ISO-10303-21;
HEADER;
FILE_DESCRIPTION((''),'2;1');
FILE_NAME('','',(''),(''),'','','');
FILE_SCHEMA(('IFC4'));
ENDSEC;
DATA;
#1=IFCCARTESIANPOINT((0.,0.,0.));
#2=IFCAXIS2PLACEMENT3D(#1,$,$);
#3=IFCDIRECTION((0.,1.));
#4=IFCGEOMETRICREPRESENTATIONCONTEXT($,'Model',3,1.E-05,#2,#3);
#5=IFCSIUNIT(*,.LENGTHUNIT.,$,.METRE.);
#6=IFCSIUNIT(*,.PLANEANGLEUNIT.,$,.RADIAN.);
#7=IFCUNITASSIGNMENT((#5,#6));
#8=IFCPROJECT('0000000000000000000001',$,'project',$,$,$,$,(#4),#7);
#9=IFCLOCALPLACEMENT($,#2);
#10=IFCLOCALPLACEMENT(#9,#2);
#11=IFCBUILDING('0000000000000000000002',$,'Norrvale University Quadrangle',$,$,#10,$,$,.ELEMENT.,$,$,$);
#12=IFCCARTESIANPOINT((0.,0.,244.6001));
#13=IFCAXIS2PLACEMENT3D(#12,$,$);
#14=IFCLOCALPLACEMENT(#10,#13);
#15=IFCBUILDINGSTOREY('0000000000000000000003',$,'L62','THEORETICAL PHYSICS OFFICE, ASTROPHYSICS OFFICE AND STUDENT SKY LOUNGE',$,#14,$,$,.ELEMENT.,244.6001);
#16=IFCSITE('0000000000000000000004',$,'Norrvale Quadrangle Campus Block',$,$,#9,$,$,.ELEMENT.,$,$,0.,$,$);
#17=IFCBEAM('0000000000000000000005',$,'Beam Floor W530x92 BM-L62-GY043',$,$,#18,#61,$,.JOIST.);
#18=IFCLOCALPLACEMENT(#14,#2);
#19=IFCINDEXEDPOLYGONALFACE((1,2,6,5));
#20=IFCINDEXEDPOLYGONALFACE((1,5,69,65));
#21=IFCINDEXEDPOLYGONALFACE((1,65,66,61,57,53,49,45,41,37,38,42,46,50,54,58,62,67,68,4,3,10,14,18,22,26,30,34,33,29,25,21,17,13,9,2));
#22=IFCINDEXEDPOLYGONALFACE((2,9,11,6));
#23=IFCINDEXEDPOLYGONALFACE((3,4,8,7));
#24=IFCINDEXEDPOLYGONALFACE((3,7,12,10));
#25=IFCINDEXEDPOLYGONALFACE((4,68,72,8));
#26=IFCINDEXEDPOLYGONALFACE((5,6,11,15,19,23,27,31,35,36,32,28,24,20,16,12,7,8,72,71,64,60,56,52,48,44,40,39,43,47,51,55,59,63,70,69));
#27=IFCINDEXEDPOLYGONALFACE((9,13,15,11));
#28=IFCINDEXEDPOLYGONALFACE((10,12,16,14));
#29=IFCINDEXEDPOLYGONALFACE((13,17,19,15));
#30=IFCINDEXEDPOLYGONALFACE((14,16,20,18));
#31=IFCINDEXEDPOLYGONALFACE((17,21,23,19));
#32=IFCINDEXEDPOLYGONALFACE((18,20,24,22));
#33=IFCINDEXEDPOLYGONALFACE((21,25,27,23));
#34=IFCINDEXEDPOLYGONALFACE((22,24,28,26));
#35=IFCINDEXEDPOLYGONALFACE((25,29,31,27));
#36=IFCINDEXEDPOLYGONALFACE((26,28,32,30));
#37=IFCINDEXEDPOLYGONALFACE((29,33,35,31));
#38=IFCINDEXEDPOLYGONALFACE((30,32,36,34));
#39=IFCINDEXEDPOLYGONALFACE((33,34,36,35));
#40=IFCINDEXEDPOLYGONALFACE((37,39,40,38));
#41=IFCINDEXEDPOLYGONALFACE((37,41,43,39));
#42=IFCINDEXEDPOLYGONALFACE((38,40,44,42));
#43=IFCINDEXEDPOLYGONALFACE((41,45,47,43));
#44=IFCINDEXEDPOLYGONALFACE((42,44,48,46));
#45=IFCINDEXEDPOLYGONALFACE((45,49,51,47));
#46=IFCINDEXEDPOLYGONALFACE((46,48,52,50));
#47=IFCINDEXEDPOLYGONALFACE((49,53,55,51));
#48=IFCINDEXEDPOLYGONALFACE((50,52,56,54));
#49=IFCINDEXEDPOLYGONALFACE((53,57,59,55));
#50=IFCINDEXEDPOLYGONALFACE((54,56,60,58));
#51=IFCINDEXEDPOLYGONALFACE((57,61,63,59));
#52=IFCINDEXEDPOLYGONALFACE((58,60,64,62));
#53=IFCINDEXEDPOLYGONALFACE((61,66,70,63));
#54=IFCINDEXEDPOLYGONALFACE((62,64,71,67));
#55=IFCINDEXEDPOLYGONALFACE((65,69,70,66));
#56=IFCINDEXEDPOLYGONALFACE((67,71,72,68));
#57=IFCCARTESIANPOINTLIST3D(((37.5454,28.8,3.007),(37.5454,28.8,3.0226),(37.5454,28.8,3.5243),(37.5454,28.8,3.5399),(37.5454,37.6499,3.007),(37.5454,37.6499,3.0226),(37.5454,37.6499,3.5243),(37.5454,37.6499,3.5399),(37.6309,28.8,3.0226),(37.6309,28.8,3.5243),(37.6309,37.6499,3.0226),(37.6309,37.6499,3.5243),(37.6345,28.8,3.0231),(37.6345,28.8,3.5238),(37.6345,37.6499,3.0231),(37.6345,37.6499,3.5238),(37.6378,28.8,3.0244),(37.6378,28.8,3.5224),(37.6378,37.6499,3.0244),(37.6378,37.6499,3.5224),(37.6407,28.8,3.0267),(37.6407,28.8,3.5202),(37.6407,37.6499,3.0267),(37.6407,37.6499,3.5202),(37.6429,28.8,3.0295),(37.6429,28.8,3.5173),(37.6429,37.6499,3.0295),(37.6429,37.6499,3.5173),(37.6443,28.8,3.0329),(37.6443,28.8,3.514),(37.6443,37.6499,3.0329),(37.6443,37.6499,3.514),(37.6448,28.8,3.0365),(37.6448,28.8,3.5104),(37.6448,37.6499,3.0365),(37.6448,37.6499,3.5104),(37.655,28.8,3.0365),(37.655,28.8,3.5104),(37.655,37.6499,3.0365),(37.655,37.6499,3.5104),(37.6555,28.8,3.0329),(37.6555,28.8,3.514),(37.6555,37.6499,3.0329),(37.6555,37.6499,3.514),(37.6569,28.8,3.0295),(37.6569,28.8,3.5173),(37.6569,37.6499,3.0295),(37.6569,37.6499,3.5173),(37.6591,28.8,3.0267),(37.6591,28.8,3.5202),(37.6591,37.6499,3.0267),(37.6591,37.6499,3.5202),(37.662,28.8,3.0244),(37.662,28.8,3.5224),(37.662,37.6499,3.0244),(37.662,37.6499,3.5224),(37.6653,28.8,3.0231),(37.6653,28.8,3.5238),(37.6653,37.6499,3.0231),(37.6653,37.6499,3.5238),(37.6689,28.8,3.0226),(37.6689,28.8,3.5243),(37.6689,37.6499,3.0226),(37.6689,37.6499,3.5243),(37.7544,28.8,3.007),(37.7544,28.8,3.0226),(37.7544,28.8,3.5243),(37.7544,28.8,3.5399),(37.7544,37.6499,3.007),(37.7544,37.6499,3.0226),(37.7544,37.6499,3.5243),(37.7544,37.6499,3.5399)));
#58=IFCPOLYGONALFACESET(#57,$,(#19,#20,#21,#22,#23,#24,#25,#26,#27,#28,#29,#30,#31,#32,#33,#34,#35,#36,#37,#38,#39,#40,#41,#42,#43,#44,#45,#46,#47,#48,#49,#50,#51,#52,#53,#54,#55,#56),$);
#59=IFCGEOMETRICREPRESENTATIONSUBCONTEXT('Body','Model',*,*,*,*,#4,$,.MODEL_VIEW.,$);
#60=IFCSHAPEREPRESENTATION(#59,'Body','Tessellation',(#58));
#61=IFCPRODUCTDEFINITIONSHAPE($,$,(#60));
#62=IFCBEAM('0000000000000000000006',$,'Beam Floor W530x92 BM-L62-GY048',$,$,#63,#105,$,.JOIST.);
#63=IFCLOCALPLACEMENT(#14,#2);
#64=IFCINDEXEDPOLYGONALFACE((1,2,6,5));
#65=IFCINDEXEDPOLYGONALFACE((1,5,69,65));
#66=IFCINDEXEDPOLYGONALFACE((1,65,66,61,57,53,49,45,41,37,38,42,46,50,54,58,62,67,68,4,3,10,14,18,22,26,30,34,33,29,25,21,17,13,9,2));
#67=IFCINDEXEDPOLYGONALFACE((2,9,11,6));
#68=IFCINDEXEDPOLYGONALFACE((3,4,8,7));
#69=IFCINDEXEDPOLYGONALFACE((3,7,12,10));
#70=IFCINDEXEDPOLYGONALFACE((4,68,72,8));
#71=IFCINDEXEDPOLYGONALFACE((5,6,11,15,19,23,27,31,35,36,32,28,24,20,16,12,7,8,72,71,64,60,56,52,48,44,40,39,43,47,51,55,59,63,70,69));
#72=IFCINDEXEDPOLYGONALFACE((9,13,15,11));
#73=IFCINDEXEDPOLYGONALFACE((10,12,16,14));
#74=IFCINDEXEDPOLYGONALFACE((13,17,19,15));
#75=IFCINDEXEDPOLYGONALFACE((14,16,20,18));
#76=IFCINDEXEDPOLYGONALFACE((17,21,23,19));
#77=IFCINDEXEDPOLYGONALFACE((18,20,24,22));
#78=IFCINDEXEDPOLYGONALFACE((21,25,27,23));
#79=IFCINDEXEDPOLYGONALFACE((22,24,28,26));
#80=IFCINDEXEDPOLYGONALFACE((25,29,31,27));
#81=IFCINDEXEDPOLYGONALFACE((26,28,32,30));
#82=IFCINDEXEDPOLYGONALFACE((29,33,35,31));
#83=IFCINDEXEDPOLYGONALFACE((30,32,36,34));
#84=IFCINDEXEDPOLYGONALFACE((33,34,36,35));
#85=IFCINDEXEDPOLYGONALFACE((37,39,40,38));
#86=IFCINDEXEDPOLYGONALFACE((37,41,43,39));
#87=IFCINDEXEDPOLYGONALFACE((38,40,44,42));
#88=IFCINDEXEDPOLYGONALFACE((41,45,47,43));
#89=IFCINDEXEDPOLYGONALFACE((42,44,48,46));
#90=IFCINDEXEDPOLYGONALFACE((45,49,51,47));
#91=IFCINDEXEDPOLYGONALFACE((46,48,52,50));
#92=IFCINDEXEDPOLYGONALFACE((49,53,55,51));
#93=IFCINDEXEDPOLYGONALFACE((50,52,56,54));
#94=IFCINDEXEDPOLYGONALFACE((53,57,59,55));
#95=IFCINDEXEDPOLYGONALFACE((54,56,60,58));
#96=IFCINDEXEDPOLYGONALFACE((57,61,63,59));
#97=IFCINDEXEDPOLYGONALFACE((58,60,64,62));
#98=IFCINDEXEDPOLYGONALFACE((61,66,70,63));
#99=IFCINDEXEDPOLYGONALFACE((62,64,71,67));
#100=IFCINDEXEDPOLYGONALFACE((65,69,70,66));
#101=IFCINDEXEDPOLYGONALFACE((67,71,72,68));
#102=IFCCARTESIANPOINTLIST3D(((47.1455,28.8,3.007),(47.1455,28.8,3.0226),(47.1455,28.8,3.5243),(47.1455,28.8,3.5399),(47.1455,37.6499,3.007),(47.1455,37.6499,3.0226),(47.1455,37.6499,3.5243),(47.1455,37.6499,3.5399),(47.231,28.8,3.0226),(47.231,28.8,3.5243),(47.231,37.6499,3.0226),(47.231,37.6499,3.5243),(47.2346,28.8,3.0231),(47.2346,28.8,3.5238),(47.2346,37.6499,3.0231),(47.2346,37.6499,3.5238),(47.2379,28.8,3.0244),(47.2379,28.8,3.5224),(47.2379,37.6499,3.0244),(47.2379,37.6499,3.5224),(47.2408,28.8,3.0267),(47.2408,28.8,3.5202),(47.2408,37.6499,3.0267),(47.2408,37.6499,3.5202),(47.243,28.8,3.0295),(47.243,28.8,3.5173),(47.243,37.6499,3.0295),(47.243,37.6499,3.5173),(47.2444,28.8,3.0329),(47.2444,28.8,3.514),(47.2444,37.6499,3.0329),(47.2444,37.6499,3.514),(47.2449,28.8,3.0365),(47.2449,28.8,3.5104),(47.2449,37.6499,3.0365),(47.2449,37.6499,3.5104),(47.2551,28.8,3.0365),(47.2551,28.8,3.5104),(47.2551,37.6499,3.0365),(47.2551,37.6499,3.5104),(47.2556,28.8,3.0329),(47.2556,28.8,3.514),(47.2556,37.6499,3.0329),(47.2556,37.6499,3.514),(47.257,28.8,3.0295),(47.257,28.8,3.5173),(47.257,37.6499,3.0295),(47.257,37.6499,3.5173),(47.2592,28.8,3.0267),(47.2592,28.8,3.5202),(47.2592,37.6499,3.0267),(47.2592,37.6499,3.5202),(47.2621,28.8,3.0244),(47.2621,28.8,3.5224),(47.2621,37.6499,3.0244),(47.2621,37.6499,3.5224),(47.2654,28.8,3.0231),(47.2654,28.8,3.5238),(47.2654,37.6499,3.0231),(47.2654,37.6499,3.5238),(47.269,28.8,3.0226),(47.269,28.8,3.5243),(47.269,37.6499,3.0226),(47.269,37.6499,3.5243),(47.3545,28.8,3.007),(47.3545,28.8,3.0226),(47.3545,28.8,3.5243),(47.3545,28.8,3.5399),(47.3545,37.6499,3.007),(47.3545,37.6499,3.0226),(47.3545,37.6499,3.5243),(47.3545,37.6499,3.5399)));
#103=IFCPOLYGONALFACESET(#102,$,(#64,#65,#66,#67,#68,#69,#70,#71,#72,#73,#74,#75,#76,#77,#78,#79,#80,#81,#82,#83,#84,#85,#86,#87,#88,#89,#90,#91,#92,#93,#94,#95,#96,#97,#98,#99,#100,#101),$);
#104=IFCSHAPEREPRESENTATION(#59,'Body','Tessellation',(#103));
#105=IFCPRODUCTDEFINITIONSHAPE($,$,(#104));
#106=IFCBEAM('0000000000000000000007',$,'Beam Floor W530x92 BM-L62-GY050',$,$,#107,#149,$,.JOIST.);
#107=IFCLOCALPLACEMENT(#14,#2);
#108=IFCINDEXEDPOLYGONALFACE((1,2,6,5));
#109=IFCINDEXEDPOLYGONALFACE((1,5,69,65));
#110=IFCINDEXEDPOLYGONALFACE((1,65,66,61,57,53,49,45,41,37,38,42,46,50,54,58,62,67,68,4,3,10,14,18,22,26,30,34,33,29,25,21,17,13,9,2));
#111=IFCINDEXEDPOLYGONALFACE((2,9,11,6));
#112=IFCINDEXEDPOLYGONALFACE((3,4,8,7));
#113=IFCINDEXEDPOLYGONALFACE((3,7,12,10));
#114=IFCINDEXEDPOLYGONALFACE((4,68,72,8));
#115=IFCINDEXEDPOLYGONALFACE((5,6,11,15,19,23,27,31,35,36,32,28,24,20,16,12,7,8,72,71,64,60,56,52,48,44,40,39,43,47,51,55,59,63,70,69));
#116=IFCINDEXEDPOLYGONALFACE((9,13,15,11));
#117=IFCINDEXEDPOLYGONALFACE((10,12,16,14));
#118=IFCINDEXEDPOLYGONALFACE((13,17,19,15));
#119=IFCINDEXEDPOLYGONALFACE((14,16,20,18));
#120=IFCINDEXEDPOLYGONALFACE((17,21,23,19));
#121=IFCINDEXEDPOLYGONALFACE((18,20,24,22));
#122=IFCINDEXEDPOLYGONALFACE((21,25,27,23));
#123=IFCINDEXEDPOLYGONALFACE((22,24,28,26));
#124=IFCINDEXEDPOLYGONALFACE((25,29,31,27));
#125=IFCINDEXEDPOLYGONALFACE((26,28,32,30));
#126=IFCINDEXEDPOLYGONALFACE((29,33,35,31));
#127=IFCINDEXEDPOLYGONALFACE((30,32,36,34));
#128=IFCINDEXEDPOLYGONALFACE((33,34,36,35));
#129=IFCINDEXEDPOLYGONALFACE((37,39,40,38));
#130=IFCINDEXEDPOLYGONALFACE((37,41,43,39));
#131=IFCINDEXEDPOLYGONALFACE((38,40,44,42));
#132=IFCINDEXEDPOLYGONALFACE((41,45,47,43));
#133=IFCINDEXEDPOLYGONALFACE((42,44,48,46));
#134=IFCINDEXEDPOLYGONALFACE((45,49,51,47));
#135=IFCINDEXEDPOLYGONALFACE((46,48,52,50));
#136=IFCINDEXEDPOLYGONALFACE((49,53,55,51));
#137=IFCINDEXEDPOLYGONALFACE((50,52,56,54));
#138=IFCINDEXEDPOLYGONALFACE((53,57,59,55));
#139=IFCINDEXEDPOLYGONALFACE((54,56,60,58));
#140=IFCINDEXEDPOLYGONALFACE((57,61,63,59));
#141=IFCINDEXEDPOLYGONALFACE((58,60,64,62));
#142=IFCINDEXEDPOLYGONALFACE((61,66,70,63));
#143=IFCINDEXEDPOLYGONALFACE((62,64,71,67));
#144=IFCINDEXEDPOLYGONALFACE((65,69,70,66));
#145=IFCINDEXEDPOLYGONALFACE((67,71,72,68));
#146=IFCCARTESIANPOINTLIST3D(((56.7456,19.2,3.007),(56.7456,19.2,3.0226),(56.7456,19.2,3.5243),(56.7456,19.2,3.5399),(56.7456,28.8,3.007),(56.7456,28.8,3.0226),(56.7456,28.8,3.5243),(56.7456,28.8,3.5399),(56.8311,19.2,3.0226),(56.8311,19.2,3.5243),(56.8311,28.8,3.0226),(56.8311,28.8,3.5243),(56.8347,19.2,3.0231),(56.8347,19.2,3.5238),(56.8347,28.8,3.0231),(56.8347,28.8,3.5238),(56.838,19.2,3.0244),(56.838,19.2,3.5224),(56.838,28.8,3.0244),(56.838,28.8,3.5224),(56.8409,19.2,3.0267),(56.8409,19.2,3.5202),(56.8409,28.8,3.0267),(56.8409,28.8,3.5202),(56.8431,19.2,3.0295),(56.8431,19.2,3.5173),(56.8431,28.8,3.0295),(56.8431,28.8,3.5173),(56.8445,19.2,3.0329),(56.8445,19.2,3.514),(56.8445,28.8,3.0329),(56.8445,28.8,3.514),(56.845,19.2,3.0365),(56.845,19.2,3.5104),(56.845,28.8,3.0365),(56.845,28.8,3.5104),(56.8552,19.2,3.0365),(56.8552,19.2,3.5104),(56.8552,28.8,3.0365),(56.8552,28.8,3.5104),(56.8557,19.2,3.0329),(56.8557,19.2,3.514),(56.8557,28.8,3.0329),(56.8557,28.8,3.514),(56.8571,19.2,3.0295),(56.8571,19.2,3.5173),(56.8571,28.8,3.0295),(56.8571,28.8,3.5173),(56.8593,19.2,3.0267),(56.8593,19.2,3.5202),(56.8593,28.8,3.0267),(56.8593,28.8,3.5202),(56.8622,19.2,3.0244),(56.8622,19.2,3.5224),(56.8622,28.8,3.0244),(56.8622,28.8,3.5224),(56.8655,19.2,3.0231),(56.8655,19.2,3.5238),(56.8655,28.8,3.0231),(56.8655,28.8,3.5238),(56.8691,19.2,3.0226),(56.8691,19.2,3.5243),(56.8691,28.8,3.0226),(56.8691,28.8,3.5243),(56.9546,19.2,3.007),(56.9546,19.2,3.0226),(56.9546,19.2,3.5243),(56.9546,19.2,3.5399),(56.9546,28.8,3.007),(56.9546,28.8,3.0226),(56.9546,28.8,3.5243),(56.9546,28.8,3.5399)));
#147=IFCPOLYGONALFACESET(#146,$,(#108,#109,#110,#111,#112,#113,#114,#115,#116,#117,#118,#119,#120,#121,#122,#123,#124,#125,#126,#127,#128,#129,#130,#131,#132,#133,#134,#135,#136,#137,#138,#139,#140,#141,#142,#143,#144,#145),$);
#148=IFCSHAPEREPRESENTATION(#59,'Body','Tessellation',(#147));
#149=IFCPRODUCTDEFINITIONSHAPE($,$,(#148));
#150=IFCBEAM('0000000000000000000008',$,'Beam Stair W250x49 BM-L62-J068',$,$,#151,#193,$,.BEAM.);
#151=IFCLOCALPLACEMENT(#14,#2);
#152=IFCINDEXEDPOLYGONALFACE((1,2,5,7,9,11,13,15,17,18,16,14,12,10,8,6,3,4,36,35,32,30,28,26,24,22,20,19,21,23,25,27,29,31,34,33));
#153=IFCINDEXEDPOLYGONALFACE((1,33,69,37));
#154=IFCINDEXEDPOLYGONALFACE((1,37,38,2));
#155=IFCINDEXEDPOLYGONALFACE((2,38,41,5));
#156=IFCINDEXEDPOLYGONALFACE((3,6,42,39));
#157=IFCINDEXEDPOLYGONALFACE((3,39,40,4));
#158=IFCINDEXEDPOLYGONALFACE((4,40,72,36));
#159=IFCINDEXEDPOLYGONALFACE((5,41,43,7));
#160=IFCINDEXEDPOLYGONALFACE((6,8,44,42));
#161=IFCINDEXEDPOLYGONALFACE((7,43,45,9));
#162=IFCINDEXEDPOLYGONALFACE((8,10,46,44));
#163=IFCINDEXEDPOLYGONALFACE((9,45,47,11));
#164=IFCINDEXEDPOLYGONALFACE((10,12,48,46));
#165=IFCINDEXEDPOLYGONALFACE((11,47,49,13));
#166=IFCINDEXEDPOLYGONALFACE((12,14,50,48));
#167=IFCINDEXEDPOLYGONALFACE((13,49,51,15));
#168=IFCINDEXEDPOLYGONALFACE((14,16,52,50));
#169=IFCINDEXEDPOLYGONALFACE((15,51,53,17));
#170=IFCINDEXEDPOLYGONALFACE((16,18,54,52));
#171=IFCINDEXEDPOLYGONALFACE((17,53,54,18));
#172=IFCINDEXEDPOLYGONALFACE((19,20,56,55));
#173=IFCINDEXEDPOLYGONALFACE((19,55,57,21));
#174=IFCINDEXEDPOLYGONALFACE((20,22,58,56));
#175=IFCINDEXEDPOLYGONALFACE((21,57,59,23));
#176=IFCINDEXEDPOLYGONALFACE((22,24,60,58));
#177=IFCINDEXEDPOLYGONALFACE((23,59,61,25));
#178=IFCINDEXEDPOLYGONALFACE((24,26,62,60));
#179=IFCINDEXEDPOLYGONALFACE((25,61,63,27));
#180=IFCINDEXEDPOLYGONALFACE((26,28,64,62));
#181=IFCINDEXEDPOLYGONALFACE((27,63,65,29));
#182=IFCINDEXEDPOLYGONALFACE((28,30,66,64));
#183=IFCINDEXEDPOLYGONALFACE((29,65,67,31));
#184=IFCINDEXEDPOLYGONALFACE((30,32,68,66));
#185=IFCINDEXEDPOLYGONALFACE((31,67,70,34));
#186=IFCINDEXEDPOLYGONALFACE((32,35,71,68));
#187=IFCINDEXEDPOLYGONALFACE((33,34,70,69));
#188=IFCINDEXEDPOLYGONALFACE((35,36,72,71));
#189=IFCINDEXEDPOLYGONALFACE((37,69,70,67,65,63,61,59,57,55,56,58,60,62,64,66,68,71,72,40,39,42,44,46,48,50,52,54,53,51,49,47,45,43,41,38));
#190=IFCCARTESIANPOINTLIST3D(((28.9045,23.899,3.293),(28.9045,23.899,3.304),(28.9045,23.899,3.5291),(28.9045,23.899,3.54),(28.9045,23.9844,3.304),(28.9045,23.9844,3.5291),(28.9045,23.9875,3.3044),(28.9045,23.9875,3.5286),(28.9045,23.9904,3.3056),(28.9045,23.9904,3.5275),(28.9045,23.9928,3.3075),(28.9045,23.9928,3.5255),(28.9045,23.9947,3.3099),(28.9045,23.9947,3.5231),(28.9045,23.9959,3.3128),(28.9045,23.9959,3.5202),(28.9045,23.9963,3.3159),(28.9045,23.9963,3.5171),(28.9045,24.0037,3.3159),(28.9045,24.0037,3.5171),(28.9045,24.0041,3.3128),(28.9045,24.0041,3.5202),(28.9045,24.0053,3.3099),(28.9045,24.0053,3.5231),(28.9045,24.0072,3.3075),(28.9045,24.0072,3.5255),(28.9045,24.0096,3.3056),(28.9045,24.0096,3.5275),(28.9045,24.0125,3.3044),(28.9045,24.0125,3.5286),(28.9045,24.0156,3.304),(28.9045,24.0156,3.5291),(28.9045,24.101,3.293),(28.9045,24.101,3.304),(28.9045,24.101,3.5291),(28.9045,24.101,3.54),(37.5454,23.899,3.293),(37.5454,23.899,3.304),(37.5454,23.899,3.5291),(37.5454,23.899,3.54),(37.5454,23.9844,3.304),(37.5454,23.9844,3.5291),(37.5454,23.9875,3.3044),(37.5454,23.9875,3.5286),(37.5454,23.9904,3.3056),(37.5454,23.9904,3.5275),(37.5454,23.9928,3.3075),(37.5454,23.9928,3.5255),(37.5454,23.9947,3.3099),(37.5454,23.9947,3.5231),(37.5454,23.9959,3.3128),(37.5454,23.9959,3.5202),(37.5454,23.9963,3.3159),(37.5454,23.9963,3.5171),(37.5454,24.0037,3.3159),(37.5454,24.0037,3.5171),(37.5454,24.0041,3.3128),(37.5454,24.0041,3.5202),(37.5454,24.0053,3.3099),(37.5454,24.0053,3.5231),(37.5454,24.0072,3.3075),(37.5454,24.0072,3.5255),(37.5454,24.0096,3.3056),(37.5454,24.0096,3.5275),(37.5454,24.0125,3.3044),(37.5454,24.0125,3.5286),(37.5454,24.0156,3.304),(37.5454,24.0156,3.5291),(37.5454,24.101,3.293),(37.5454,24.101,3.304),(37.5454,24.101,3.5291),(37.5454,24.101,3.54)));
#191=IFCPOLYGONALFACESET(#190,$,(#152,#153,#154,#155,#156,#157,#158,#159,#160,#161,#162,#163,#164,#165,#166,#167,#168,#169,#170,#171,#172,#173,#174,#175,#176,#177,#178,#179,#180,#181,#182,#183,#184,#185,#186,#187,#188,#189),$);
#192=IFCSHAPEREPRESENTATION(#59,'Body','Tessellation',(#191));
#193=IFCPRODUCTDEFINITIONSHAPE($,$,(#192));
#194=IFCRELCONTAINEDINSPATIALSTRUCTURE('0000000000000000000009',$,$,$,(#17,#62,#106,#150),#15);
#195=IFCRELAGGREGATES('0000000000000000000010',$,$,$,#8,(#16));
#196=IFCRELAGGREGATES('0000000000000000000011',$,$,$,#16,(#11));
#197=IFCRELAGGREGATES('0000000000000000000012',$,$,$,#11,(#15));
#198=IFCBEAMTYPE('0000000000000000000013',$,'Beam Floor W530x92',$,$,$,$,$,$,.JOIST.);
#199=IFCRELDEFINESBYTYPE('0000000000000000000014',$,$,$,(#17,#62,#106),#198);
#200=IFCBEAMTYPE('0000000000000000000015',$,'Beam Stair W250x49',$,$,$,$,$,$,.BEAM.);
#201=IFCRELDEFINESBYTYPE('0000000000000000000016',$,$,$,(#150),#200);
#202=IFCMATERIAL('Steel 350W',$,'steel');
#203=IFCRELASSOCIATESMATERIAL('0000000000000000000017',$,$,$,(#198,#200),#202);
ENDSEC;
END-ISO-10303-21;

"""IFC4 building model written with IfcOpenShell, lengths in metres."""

from ifc_helpers import new_model, si_unit, direction, frame, origin, origin_2d, place, context, subcontext, project, spatial, i_section, extrude, material, material_profile, profile_set, type_object, element, save


model = new_model("IFC4")

# Units and contexts
model_context = context("Model", 3, precision=1e-05, world=origin(), true_north=direction((0.0, 1.0)))
body_context = subcontext(model_context, "Body", "Model", "MODEL_VIEW")
ifc_project = project(units=[si_unit("LENGTHUNIT", "METRE"), si_unit("PLANEANGLEUNIT", "RADIAN")], contexts=[model_context])

# Site, building, storey
site_placement = place(None, origin())
site = spatial("IfcSite", under=ifc_project, at=site_placement, Name="Norrvale Quadrangle Campus Block", CompositionType="ELEMENT", RefElevation=0.0)
building_placement = place(site_placement, origin())
building = spatial("IfcBuilding", under=site, at=building_placement, Name="Norrvale University Quadrangle", CompositionType="ELEMENT")
storey_placement = place(building_placement, frame((0.0, 0.0, 244.6001)))
storey = spatial("IfcBuildingStorey", under=building, at=storey_placement, Name="L62", Description="THEORETICAL PHYSICS OFFICE, ASTROPHYSICS OFFICE AND STUDENT SKY LOUNGE", CompositionType="ELEMENT", Elevation=244.6001)

# Beams
ifc_material_1 = material(Name="Steel 350W", Category="steel")
ifc_material_profile_1 = material_profile(ifc_material_1, i_section(OverallWidth=0.209, OverallDepth=0.533, WebThickness=0.0103, FlangeThickness=0.0156, FilletRadius=0.0139, at=origin_2d()), Name="Steel 350W")
ifc_profile_set_1 = profile_set([ifc_material_profile_1], Name="Steel 350W")
beam_type_1 = type_object("IfcBeamType", Name="Beam Floor W530x92", PredefinedType="JOIST", material=ifc_profile_set_1)
for number, where, z_axis, x_axis, name in (
    (1, (37.6499, 28.8, 3.2734), (0.0, 1.0, 0.0), (-1.0, 0.0, 0.0), "Beam Floor W530x92 BM-L62-GY043"),
    (2, (47.25, 28.8, 3.2734), (0.0, 1.0, 0.0), (-1.0, 0.0, 0.0), "Beam Floor W530x92 BM-L62-GY048"),
):
    element("IfcBeam", number, at=place(storey_placement, frame(where, z_axis=z_axis, x_axis=x_axis)), inside=storey, type_object=beam_type_1, Name=name, PredefinedType="JOIST", context=body_context, shape_type="SweptSolid", body=[
        extrude(i_section(OverallWidth=0.209, OverallDepth=0.533, WebThickness=0.0103, FlangeThickness=0.0156, FilletRadius=0.0139, at=origin_2d()), origin(), (0.0, 0.0, 1.0), 8.8499),
    ])
beam_placement = place(storey_placement, frame((56.8501, 19.2, 3.2734), z_axis=(0.0, 1.0, 0.0), x_axis=(-1.0, 0.0, 0.0)))
element("IfcBeam", 3, at=beam_placement, inside=storey, type_object=beam_type_1, Name="Beam Floor W530x92 BM-L62-GY050", PredefinedType="JOIST", context=body_context, shape_type="SweptSolid", body=[
    extrude(i_section(OverallWidth=0.209, OverallDepth=0.533, WebThickness=0.0103, FlangeThickness=0.0156, FilletRadius=0.0139, at=origin_2d()), origin(), (0.0, 0.0, 1.0), 9.6001),
])
ifc_material_profile_2 = material_profile(ifc_material_1, i_section(OverallWidth=0.2019, OverallDepth=0.2471, WebThickness=0.0073, FlangeThickness=0.011, FilletRadius=0.012, at=origin_2d()), Name="Steel 350W")
ifc_profile_set_2 = profile_set([ifc_material_profile_2], Name="Steel 350W")
beam_type_2 = type_object("IfcBeamType", Name="Beam Stair W250x49", PredefinedType="BEAM", material=ifc_profile_set_2)
for number, where, z_axis, x_axis, name in (
    (4, (28.9045, 24.0, 3.4165), (1.0, 0.0, 0.0), (0.0, 1.0, 0.0), "Beam Stair W250x49 BM-L62-J068"),
):
    element("IfcBeam", number, at=place(storey_placement, frame(where, z_axis=z_axis, x_axis=x_axis)), inside=storey, type_object=beam_type_2, Name=name, PredefinedType="BEAM", context=body_context, shape_type="SweptSolid", body=[
        extrude(i_section(OverallWidth=0.2019, OverallDepth=0.2471, WebThickness=0.0073, FlangeThickness=0.011, FilletRadius=0.012, at=origin_2d()), origin(), (0.0, 0.0, 1.0), 8.6409),
    ])

save(model, "model.ifc")
